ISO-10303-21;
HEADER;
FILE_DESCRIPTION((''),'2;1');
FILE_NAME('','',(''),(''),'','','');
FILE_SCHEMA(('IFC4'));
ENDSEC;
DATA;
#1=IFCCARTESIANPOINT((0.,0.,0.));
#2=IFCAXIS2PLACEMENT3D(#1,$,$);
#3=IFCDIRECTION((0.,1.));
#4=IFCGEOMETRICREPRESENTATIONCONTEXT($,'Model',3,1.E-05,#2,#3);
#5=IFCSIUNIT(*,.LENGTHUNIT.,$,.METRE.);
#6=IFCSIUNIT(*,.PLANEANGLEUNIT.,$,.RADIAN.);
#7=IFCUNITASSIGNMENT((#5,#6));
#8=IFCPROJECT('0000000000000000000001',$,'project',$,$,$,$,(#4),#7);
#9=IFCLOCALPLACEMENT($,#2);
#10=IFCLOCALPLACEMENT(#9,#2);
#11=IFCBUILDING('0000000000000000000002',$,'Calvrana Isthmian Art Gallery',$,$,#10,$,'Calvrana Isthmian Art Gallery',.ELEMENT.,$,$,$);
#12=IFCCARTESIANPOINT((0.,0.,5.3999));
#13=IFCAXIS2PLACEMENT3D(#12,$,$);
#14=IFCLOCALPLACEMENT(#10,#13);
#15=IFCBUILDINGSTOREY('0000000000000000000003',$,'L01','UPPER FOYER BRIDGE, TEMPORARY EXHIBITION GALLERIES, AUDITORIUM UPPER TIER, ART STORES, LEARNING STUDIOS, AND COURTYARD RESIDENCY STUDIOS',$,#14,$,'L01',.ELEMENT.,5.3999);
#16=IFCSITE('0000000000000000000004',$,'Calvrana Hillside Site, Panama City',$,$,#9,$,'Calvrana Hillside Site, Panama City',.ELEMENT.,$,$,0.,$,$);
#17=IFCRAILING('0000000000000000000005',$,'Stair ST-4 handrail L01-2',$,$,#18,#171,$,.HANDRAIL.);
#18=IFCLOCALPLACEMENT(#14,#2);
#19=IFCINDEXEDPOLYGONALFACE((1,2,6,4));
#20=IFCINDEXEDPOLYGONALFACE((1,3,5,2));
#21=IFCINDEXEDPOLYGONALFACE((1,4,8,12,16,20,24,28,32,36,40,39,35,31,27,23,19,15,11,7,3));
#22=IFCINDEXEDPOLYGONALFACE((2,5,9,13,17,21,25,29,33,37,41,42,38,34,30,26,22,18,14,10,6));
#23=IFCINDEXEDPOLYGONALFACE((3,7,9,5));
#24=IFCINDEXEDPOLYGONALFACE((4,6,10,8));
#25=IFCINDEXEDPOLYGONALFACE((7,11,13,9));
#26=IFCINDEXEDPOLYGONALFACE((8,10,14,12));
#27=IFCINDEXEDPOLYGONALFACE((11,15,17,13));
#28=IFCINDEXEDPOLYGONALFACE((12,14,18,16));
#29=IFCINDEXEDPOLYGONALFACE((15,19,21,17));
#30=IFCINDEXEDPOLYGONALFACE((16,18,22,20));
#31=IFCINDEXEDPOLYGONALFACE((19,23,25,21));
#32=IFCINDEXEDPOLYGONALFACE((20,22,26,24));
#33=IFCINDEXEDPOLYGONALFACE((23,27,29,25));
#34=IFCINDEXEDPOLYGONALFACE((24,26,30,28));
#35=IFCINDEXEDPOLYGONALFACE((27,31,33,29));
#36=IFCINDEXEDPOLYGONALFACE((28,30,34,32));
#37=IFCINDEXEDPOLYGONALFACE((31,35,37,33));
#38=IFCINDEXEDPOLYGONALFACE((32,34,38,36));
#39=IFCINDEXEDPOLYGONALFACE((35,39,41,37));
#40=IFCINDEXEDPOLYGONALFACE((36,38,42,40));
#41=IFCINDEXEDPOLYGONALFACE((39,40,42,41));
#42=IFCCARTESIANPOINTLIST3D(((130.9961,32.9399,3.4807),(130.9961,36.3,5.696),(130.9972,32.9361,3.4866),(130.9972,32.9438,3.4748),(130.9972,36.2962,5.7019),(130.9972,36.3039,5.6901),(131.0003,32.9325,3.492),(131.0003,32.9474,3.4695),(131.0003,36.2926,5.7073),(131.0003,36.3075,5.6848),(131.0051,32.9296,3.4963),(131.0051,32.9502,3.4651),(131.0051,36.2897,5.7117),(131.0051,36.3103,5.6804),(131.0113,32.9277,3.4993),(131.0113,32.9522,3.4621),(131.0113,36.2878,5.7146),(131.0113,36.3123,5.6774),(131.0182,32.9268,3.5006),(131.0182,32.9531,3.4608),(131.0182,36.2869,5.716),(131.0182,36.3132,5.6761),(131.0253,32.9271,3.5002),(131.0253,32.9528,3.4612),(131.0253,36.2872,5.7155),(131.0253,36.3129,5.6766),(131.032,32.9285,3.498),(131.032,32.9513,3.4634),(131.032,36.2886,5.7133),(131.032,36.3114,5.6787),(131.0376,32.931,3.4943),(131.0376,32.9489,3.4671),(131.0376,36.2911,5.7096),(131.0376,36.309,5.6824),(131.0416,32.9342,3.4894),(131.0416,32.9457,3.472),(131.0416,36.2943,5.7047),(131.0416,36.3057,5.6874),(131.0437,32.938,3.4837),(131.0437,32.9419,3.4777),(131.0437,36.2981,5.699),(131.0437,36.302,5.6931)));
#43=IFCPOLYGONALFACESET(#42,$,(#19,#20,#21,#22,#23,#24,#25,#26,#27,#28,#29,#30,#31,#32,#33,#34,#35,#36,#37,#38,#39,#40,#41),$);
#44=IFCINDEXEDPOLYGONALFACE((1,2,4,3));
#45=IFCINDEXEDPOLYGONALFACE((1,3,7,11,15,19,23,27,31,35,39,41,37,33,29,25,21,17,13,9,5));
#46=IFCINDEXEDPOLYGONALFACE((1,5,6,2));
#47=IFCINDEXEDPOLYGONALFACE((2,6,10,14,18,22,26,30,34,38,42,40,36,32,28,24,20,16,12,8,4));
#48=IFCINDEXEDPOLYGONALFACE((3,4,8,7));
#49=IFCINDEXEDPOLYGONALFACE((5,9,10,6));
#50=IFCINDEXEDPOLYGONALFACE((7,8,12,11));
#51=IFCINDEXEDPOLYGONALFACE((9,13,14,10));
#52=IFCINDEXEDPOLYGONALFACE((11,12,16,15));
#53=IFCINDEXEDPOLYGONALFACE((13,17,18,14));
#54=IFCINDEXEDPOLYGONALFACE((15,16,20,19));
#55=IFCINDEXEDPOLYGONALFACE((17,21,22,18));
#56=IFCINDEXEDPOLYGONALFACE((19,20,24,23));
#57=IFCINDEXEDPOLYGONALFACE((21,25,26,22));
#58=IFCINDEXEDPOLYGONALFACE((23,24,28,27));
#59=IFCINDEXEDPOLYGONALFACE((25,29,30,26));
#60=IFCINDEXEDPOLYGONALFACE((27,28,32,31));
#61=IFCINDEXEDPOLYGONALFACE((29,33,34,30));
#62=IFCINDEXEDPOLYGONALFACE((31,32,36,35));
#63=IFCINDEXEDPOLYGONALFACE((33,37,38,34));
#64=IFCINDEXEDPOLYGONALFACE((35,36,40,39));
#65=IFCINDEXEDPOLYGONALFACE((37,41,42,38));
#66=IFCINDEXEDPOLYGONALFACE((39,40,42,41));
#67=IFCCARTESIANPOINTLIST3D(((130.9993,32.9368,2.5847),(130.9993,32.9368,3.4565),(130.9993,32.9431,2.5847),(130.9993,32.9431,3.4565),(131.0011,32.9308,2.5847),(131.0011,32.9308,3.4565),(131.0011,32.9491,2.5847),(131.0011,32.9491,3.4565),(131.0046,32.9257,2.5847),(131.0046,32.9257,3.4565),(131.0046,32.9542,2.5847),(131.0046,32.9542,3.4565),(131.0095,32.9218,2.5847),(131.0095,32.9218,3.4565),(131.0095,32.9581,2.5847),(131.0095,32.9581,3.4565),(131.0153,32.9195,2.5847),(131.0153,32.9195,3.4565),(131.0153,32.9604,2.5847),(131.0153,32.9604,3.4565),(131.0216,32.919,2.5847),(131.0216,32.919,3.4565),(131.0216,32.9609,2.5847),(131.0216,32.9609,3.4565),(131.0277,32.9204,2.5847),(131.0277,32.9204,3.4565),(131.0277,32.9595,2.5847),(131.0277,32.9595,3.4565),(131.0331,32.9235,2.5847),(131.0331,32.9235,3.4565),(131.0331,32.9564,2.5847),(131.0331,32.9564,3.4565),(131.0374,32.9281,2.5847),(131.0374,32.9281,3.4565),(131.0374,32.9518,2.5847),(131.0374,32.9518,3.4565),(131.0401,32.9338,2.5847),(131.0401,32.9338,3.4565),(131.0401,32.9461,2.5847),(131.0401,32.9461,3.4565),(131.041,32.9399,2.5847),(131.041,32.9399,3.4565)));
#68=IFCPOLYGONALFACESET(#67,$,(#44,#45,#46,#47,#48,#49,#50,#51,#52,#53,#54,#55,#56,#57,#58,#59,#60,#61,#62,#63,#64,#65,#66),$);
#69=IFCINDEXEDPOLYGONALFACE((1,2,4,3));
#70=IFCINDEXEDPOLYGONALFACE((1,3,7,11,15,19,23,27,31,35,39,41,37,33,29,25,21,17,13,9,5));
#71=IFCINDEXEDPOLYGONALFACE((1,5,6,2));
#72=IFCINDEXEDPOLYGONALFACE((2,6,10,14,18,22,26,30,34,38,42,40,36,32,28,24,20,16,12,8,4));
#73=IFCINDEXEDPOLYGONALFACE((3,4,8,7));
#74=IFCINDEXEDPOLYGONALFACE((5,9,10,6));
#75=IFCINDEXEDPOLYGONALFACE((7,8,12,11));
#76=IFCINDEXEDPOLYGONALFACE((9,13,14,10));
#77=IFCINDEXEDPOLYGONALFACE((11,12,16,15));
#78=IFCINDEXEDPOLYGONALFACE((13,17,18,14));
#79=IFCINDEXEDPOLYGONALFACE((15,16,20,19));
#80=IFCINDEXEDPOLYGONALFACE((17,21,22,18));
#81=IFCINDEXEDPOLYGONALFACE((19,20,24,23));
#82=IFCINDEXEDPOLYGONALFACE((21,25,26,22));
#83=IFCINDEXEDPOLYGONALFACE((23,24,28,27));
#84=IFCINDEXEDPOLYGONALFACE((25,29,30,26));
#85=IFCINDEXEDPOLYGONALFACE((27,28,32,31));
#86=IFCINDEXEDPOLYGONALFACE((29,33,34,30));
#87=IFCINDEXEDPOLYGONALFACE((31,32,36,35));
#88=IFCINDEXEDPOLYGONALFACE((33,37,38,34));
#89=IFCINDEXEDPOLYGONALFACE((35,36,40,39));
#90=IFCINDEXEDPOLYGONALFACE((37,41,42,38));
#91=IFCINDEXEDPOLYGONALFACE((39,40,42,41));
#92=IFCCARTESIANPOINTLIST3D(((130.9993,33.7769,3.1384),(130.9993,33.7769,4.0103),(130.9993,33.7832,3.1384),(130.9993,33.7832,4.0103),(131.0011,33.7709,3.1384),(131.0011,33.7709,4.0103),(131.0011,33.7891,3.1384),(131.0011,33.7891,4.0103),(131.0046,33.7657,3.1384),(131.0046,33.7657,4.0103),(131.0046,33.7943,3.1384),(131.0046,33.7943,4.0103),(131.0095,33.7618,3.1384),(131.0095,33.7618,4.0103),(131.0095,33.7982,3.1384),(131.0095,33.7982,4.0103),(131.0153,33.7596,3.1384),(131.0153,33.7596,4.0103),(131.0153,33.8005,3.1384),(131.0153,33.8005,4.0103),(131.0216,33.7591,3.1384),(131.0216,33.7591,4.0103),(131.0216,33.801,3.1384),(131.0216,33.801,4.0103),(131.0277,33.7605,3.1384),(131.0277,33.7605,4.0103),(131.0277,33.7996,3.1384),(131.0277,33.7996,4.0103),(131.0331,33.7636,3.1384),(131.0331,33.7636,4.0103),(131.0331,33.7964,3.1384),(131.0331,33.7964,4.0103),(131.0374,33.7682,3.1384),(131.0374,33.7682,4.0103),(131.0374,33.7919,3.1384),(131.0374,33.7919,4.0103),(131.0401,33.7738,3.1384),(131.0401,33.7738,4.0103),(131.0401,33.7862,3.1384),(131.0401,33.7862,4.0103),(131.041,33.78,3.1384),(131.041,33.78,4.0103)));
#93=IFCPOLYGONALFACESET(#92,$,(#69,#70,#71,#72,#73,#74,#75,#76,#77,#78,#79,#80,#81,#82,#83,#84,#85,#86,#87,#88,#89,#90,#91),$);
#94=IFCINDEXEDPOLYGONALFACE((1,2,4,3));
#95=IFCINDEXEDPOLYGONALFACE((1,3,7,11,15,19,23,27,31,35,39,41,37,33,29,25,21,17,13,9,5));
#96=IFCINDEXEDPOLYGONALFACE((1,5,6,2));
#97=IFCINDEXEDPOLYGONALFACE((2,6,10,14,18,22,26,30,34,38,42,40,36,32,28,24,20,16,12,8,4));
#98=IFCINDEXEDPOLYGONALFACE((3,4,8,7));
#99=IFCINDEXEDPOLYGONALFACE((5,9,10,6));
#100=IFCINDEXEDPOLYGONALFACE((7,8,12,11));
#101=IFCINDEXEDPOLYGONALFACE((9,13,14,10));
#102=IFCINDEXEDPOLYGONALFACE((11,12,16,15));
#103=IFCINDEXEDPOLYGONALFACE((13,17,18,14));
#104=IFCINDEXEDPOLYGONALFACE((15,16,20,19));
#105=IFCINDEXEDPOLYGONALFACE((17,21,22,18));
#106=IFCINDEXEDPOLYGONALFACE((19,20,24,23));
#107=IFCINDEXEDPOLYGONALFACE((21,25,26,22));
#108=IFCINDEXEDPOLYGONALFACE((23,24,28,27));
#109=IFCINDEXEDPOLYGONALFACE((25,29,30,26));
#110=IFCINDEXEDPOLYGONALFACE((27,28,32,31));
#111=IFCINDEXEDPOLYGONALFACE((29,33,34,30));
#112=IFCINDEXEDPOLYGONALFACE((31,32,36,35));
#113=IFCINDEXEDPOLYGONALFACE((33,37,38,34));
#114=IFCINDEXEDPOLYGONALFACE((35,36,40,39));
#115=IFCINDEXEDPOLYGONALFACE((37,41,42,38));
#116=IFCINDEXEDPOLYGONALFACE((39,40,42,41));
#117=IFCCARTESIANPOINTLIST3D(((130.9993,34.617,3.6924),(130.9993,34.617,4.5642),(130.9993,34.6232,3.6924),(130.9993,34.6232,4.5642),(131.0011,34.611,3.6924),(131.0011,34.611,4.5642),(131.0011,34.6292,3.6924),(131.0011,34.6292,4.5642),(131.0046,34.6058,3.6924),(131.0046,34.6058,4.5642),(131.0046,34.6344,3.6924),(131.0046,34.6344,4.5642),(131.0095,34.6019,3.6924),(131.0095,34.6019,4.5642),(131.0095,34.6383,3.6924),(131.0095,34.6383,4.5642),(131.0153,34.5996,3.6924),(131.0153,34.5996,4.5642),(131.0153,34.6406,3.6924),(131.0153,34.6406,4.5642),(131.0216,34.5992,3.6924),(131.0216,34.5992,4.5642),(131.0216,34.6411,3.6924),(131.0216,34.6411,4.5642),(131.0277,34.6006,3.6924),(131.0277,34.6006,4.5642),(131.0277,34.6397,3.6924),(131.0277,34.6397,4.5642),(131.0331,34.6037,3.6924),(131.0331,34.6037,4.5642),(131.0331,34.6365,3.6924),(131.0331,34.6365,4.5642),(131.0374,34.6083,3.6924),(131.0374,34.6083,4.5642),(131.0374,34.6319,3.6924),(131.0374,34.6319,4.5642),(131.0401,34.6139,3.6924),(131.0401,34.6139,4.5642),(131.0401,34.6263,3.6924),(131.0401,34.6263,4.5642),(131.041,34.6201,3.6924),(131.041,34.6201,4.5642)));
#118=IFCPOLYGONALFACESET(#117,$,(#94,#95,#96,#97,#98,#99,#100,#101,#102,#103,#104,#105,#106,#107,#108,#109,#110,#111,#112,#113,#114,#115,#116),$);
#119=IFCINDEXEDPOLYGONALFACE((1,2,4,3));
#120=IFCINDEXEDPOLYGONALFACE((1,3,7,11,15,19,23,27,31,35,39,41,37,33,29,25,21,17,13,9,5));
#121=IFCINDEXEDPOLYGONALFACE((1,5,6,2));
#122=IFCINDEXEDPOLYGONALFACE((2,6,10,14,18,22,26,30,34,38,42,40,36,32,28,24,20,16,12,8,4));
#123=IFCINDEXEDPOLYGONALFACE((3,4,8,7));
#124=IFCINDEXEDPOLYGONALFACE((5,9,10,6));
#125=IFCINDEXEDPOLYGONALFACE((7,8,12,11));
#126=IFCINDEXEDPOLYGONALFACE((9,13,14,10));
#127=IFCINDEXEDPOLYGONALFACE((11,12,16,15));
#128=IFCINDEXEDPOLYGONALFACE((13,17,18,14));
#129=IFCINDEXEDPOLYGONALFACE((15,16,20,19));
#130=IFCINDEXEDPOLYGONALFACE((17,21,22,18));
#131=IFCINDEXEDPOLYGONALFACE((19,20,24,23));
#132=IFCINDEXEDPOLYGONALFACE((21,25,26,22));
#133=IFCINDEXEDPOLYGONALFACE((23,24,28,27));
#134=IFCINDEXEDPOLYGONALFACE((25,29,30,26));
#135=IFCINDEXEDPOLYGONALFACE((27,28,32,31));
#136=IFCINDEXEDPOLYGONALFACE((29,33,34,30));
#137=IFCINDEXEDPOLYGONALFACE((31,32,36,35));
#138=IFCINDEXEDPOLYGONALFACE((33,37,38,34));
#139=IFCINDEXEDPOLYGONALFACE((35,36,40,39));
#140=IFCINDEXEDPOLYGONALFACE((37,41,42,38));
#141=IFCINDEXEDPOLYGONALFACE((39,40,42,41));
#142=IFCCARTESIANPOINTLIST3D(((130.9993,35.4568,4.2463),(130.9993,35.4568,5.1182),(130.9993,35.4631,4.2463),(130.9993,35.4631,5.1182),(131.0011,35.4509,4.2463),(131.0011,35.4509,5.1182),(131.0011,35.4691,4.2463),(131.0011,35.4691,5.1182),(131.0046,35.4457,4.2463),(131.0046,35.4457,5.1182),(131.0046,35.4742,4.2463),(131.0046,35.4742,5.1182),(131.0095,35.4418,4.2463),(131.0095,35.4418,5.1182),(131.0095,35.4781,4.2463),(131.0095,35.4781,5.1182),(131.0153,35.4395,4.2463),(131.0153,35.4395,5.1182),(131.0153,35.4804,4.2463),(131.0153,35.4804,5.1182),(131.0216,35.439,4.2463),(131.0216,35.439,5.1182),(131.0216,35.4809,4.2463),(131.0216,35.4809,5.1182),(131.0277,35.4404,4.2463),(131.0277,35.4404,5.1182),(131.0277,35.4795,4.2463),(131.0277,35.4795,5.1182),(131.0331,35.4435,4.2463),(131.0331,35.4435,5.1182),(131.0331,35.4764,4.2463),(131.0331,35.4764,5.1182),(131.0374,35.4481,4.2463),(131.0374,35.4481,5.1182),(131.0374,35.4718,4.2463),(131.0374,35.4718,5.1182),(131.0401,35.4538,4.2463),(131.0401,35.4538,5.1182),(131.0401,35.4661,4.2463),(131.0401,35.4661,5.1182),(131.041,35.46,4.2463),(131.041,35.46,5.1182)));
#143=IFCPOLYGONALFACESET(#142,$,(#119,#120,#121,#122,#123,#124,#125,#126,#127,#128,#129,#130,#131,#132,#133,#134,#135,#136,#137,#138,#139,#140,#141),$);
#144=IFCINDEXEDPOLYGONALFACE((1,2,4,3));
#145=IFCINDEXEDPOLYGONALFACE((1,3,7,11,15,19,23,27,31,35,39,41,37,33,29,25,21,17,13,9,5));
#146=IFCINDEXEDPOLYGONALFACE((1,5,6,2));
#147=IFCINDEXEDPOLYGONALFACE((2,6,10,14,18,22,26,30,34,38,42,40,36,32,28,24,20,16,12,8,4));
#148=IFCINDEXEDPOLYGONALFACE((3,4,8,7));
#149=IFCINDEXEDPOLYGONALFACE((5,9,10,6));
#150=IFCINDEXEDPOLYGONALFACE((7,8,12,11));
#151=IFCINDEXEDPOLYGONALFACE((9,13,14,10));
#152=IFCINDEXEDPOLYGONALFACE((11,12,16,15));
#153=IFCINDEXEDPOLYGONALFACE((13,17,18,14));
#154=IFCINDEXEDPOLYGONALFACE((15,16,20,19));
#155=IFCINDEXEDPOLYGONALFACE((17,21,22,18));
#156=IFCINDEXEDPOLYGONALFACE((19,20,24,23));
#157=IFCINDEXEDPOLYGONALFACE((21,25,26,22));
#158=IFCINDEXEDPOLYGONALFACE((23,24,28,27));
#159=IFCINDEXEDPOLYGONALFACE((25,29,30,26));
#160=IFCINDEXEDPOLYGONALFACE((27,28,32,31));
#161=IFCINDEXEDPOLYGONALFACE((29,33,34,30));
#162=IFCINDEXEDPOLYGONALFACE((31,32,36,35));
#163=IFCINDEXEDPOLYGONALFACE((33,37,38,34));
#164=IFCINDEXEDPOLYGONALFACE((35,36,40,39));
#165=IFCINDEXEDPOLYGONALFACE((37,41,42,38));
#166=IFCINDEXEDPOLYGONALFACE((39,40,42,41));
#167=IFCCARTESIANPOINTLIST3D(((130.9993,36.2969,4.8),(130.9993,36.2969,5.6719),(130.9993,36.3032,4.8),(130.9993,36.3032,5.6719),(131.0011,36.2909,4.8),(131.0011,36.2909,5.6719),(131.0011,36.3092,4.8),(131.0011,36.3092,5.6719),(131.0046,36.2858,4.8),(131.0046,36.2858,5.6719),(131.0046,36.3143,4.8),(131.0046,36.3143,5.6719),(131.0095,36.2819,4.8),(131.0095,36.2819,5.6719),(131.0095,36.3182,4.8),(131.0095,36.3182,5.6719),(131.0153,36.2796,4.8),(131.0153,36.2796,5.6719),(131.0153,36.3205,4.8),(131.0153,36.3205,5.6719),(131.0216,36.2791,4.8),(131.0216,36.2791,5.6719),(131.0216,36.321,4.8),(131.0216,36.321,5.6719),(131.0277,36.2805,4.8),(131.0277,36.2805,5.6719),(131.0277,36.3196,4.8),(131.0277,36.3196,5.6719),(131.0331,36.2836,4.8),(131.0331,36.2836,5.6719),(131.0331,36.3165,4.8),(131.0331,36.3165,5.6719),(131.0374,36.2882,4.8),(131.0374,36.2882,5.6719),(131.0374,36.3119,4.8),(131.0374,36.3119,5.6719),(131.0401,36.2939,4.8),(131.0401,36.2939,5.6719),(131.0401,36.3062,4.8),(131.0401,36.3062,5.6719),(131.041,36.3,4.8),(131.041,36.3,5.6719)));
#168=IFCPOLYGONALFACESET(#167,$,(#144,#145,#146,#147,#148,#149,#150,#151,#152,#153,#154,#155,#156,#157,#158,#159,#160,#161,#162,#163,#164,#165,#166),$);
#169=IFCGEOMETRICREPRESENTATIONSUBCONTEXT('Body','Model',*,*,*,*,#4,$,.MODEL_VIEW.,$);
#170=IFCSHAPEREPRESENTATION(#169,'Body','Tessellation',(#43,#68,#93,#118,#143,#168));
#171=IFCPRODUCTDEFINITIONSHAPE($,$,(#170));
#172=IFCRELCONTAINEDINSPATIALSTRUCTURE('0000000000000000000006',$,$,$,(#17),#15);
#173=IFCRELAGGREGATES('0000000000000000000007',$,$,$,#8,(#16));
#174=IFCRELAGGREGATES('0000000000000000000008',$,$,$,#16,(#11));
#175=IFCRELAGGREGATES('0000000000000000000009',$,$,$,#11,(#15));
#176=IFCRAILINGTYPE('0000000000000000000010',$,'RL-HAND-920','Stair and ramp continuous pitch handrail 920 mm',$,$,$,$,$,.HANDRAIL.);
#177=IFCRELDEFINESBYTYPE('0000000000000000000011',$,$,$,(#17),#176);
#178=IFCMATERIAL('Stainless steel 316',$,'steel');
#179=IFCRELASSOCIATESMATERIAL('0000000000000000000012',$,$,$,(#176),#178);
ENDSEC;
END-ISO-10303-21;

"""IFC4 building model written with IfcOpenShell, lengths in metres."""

from ifc_helpers import new_model, si_unit, direction, frame, origin, origin_2d, place, context, subcontext, project, spatial, circle, extrude, material, type_object, element, save


model = new_model("IFC4")

# Units and contexts
model_context = context("Model", 3, precision=1e-05, world=origin(), true_north=direction((0.0, 1.0)))
body_context = subcontext(model_context, "Body", "Model", "MODEL_VIEW")
ifc_project = project(units=[si_unit("LENGTHUNIT", "METRE"), si_unit("PLANEANGLEUNIT", "RADIAN")], contexts=[model_context])

# Site, building, storey
site_placement = place(None, origin())
site = spatial("IfcSite", under=ifc_project, at=site_placement, Name="Calvrana Hillside Site, Panama City", LongName="Calvrana Hillside Site, Panama City", CompositionType="ELEMENT", RefElevation=0.0)
building_placement = place(site_placement, origin())
building = spatial("IfcBuilding", under=site, at=building_placement, Name="Calvrana Isthmian Art Gallery", LongName="Calvrana Isthmian Art Gallery", CompositionType="ELEMENT")
storey_placement = place(building_placement, frame((0.0, 0.0, 5.3999)))
storey = spatial("IfcBuildingStorey", under=building, at=storey_placement, Name="L01", Description="UPPER FOYER BRIDGE, TEMPORARY EXHIBITION GALLERIES, AUDITORIUM UPPER TIER, ART STORES, LEARNING STUDIOS, AND COURTYARD RESIDENCY STUDIOS", LongName="L01", CompositionType="ELEMENT", Elevation=5.3999)

# Shared definitions
ifc_material_1 = material(Name="Stainless steel 316", Category="steel")

# Railing
railing_type_1 = type_object("IfcRailingType", Name="RL-HAND-920", Description="Stair and ramp continuous pitch handrail 920 mm", PredefinedType="HANDRAIL", material=ifc_material_1)
railing_1_placement = place(storey_placement, frame((131.02, 32.9399, 2.5847)))
element("IfcRailing", 1, at=railing_1_placement, inside=storey, type_object=railing_type_1, Name="Stair ST-4 handrail L01-2", PredefinedType="HANDRAIL", context=body_context, shape_type="SweptSolid", body=[
    extrude(circle(Radius=0.0239, at=origin_2d()), frame((0.0, 0.0, 0.896), z_axis=(0.0, 0.834876, 0.550437), x_axis=(-1.0, 0.0, 0.0)), (0.0, 0.0, 1.0), 4.0247),
    extrude(circle(Radius=0.021, at=origin_2d()), origin(), (0.0, 0.0, 1.0), 0.8718),
    extrude(circle(Radius=0.021, at=origin_2d()), frame((0.0, 0.8401, 0.5537)), (0.0, 0.0, 1.0), 0.8718),
    extrude(circle(Radius=0.021, at=origin_2d()), frame((0.0, 1.6802, 1.1077)), (0.0, 0.0, 1.0), 0.8718),
    extrude(circle(Radius=0.021, at=origin_2d()), frame((0.0, 2.52, 1.6616)), (0.0, 0.0, 1.0), 0.8718),
    extrude(circle(Radius=0.021, at=origin_2d()), frame((0.0, 3.3601, 2.2153)), (0.0, 0.0, 1.0), 0.8718),
])

save(model, "model.ifc")
